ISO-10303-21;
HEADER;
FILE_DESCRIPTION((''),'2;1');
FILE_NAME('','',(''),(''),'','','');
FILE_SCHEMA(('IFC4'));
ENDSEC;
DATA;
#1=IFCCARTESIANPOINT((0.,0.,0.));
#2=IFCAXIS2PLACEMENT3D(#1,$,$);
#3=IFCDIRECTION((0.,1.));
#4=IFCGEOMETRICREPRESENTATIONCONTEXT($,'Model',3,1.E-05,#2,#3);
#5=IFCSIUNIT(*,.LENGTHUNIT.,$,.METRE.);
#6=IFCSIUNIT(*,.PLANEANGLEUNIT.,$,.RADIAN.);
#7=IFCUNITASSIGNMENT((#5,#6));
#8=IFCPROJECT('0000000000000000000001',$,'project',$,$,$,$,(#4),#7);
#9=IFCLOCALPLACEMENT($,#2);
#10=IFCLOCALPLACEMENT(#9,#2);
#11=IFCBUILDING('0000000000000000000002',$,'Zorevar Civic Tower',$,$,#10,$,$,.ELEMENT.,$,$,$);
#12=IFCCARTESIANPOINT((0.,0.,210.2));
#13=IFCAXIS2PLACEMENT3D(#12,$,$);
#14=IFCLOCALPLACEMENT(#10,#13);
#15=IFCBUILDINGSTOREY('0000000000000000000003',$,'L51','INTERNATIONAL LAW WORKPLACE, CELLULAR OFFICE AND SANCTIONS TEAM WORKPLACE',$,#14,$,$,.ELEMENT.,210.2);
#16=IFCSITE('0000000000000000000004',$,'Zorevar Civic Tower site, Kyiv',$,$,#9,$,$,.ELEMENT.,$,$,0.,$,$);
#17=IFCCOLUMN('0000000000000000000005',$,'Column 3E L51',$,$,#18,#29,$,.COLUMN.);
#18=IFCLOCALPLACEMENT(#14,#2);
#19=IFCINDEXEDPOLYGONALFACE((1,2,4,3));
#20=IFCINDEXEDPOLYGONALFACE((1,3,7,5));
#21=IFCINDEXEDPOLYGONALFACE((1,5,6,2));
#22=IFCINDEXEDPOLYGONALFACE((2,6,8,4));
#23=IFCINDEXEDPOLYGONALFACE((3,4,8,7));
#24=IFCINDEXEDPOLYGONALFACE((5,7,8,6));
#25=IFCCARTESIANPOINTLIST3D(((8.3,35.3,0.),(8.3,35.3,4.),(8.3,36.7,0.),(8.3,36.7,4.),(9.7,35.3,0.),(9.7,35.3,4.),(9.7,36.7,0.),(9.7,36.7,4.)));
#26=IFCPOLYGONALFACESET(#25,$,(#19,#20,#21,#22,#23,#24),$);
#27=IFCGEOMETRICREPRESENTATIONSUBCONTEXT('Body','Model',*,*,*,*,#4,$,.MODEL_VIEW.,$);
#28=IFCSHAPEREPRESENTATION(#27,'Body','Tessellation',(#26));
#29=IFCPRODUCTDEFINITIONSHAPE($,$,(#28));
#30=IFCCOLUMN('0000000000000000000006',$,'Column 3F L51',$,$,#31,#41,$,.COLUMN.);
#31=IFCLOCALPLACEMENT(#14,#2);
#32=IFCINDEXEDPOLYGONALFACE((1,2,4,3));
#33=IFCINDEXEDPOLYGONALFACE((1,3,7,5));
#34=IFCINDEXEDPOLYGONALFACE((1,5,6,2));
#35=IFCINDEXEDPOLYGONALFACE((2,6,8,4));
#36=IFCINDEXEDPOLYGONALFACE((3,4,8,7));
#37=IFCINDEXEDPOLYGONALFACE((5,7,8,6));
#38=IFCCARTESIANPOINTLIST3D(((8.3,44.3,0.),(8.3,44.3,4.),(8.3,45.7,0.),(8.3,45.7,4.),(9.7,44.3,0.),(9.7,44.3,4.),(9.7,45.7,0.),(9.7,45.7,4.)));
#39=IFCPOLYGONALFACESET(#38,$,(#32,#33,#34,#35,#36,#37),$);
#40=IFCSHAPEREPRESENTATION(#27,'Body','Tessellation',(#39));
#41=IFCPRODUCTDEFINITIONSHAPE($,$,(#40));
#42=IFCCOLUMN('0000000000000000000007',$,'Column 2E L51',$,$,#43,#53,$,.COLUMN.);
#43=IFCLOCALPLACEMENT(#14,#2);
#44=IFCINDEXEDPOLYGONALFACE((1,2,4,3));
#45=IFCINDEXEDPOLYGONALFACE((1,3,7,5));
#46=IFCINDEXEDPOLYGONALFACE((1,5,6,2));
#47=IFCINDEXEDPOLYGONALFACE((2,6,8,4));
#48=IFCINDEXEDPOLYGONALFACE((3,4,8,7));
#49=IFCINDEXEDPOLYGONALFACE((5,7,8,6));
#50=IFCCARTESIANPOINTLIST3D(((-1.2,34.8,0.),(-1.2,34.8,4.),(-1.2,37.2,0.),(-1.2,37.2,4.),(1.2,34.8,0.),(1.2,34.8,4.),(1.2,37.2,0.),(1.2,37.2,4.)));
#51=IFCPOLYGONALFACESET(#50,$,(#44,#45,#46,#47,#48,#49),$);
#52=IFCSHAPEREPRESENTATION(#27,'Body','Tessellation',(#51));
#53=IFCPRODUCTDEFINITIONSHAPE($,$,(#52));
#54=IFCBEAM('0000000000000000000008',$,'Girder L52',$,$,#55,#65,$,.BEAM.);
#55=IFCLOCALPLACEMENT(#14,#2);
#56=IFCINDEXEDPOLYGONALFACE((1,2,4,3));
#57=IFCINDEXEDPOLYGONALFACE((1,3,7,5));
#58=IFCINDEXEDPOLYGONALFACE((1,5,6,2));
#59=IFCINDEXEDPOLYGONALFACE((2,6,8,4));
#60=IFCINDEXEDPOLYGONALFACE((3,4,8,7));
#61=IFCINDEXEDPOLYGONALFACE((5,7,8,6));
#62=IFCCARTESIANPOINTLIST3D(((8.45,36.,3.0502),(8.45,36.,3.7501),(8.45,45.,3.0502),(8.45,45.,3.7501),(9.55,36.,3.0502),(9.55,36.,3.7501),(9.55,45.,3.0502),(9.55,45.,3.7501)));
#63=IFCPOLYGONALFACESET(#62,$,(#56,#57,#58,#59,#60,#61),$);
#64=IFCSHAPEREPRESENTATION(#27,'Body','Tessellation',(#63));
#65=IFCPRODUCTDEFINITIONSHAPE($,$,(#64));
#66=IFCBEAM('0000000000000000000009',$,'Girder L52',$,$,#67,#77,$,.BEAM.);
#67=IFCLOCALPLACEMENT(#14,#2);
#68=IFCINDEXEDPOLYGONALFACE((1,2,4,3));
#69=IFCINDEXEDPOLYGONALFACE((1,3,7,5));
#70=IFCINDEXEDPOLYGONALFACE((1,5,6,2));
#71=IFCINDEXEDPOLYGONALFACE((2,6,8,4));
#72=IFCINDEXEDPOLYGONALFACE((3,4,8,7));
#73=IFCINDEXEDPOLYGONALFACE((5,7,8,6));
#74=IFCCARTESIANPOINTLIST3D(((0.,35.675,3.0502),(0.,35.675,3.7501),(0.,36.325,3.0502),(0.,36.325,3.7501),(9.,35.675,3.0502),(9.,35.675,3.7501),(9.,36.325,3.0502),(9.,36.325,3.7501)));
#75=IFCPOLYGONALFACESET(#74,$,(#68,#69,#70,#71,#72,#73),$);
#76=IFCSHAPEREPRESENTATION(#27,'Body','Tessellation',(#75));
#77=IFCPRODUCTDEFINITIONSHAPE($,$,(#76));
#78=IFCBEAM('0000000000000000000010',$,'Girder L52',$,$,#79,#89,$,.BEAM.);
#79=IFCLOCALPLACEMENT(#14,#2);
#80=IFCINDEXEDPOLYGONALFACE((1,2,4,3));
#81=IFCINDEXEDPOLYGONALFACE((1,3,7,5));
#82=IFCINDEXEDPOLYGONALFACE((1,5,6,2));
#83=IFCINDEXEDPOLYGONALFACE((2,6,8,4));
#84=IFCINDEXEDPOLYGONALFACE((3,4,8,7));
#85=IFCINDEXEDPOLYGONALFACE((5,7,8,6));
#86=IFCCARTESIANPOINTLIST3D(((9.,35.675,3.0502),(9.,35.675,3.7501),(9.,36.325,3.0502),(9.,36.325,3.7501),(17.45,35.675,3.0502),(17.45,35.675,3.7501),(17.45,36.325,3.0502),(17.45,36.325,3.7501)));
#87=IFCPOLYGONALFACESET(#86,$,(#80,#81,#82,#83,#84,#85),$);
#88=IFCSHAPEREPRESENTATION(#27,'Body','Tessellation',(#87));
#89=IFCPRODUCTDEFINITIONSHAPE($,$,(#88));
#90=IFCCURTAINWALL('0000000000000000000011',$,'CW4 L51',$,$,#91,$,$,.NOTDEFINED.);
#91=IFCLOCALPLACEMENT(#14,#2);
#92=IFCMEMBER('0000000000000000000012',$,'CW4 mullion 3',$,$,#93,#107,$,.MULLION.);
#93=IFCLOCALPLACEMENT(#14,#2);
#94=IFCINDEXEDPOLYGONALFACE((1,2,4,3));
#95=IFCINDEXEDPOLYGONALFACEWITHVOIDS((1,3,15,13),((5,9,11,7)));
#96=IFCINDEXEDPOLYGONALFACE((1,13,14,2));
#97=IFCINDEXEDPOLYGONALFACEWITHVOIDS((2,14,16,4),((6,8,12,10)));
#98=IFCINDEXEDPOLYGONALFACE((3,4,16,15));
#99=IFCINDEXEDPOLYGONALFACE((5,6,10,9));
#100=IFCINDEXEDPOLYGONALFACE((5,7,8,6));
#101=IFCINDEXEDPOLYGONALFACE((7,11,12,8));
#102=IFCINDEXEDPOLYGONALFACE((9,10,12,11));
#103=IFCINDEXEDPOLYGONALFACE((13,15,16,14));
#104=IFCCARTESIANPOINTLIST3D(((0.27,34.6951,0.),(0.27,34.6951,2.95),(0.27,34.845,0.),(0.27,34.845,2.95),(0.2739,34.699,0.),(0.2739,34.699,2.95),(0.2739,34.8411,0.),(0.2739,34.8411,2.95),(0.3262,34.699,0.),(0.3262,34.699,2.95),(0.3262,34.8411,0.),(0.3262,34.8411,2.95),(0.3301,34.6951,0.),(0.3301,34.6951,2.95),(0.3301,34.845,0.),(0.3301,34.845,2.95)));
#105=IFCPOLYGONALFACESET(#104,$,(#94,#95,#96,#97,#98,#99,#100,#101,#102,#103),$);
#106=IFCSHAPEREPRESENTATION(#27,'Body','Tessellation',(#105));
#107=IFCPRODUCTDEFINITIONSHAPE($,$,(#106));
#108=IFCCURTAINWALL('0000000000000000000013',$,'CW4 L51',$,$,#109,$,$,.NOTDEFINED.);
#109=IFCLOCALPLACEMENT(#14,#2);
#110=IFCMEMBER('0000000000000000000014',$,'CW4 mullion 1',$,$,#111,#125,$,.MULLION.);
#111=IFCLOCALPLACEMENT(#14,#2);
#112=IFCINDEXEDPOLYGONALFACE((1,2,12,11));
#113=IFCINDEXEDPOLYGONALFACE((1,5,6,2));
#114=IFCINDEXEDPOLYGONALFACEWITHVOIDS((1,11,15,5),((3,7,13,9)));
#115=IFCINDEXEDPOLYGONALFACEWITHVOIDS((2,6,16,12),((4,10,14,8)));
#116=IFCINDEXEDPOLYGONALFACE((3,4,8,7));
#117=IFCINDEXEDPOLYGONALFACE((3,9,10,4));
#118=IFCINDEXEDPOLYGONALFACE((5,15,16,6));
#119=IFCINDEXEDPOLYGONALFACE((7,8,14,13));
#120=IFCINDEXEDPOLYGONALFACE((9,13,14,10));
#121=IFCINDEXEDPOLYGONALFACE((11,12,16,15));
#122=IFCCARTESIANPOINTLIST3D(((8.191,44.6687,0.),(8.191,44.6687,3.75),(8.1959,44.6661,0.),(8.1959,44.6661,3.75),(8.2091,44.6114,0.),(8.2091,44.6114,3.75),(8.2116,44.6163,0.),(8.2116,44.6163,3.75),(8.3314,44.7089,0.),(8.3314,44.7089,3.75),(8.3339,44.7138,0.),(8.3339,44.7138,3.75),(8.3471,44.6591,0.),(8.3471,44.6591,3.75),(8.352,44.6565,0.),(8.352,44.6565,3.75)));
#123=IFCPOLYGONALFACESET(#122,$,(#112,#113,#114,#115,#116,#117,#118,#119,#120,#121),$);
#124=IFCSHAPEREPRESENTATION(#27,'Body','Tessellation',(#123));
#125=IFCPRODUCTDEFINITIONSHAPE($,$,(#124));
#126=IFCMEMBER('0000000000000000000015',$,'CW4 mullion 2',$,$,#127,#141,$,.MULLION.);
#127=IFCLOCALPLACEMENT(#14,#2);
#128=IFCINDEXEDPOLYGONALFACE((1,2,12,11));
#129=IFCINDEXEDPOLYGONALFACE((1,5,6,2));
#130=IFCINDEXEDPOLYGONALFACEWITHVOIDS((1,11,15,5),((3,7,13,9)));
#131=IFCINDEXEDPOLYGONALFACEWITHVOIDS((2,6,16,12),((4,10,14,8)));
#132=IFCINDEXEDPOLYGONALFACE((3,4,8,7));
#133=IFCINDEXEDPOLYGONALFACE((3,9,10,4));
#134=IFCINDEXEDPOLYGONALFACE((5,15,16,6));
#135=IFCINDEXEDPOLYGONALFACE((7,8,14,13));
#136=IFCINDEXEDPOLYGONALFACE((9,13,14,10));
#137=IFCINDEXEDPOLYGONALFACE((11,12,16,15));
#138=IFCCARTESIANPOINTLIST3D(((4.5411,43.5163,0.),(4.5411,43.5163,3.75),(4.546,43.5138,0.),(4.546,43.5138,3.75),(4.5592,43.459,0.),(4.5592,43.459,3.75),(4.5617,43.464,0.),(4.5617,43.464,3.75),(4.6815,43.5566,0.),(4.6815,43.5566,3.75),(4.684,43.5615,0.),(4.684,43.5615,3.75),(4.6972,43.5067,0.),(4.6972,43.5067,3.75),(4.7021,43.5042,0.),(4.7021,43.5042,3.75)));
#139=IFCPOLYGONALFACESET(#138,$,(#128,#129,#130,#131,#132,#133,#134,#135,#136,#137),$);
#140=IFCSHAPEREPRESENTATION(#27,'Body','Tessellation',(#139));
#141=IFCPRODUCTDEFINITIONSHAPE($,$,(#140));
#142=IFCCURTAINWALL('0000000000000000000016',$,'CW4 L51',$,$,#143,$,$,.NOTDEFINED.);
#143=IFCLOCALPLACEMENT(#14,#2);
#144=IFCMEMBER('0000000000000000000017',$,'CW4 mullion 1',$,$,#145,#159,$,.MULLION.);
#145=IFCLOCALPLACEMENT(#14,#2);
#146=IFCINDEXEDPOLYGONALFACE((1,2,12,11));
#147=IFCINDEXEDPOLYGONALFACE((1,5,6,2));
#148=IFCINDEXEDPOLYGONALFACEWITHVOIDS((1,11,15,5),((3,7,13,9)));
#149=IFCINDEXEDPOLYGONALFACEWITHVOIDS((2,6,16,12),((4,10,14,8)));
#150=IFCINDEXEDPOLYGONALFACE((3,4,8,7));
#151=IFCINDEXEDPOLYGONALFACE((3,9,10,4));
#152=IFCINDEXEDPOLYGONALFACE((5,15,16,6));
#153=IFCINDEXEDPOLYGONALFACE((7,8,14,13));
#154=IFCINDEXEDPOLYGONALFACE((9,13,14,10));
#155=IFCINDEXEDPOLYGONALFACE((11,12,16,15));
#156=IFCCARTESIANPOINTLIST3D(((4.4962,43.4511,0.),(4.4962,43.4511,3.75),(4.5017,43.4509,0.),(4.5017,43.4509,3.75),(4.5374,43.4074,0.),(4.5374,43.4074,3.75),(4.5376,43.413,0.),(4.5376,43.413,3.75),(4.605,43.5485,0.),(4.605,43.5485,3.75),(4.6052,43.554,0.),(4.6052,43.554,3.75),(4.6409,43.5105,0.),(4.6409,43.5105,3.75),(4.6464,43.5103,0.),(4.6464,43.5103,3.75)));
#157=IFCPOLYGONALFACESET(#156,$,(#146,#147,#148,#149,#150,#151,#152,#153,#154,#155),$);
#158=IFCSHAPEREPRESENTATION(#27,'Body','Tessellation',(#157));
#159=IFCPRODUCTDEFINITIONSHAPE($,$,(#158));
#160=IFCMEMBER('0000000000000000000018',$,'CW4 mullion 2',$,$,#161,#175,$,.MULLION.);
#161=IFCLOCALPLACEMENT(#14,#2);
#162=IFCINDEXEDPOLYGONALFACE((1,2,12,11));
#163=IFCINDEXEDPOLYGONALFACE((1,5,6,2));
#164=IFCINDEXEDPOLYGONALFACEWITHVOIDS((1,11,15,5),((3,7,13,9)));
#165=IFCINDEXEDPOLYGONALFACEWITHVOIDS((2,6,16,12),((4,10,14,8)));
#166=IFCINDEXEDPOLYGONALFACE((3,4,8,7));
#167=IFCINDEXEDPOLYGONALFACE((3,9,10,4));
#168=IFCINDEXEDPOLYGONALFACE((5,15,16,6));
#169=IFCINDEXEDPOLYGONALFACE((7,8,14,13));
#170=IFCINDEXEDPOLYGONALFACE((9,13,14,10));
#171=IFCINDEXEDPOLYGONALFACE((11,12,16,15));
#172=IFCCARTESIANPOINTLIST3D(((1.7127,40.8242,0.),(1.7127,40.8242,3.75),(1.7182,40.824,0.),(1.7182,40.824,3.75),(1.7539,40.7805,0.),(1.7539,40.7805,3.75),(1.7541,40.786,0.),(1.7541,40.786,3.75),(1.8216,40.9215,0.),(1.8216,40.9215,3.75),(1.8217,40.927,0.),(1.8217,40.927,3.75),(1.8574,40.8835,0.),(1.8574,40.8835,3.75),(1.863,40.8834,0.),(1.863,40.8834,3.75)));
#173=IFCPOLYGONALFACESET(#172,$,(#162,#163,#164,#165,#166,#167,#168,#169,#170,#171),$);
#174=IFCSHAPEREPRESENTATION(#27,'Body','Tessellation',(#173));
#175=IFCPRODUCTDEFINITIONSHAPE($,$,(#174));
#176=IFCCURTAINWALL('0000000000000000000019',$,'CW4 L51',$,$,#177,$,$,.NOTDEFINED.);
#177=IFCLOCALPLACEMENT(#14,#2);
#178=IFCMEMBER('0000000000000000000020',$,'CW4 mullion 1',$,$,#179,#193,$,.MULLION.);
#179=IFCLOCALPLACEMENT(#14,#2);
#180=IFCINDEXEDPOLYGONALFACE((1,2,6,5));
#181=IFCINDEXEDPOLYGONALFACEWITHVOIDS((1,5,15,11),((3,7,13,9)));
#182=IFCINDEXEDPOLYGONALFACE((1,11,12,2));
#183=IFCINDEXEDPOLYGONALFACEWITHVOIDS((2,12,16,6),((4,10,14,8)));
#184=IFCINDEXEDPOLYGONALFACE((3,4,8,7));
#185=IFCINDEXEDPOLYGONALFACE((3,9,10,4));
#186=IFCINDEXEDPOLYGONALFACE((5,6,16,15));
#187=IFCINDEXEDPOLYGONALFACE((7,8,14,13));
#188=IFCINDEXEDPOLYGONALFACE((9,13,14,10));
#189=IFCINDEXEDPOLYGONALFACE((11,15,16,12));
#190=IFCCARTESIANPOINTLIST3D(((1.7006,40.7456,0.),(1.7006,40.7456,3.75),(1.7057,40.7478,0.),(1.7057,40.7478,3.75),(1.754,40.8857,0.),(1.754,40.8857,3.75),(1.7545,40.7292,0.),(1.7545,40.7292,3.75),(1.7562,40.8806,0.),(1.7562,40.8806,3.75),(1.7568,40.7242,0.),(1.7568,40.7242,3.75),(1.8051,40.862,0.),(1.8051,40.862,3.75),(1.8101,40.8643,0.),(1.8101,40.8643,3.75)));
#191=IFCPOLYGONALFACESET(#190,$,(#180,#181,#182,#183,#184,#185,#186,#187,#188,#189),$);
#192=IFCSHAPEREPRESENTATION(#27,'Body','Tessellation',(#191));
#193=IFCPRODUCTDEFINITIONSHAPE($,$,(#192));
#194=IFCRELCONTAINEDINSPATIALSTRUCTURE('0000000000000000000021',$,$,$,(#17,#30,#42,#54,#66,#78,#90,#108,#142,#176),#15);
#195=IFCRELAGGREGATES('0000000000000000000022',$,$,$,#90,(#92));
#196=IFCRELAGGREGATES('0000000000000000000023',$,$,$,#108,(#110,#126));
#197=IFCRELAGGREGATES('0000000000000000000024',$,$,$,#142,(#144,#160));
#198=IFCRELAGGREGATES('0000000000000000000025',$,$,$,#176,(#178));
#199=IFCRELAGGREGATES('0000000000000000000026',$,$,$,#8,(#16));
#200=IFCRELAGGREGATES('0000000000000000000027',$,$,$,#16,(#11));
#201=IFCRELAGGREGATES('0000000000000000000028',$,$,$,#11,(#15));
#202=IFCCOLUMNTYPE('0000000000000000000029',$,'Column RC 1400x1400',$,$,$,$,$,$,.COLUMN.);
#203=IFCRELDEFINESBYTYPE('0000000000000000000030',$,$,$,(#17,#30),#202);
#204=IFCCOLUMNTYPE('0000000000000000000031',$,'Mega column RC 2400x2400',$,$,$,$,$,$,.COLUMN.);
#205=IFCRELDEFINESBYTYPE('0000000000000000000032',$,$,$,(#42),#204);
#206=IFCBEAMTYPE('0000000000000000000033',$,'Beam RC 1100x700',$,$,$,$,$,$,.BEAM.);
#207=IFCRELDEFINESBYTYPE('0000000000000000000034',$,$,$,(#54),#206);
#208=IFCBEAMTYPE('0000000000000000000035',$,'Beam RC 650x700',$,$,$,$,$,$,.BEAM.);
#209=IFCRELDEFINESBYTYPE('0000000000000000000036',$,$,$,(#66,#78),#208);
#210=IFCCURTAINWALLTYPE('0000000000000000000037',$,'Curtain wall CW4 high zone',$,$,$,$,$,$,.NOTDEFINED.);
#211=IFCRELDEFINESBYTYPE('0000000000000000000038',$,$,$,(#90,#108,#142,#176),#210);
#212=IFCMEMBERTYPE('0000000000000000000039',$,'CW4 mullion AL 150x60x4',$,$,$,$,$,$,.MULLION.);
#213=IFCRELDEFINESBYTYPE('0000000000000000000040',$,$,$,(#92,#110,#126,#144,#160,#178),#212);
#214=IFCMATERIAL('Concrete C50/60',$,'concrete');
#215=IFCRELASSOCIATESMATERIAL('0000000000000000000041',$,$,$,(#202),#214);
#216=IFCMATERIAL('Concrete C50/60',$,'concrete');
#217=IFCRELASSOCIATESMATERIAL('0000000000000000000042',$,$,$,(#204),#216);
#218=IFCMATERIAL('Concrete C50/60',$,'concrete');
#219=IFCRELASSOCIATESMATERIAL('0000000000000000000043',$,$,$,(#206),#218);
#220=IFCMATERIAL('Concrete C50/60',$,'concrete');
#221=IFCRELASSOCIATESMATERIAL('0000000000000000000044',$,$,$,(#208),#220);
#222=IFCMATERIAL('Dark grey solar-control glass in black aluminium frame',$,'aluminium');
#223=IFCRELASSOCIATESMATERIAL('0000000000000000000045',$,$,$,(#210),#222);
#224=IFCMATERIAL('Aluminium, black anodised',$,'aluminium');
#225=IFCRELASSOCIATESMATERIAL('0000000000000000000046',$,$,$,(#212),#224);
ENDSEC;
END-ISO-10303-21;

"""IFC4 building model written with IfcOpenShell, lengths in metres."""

from ifc_helpers import new_model, si_unit, direction, frame, origin, origin_2d, place, context, subcontext, project, spatial, rectangle, hollow_rectangle, extrude, material, material_profile, profile_set, type_object, element, aggregate, save


model = new_model("IFC4")

# Units and contexts
model_context = context("Model", 3, precision=1e-05, world=origin(), true_north=direction((0.0, 1.0)))
body_context = subcontext(model_context, "Body", "Model", "MODEL_VIEW")
ifc_project = project(units=[si_unit("LENGTHUNIT", "METRE"), si_unit("PLANEANGLEUNIT", "RADIAN")], contexts=[model_context])

# Site, building, storey
site_placement = place(None, origin())
site = spatial("IfcSite", under=ifc_project, at=site_placement, Name="Zorevar Civic Tower site, Kyiv", CompositionType="ELEMENT", RefElevation=0.0)
building_placement = place(site_placement, origin())
building = spatial("IfcBuilding", under=site, at=building_placement, Name="Zorevar Civic Tower", CompositionType="ELEMENT")
storey_placement = place(building_placement, frame((0.0, 0.0, 210.2)))
storey = spatial("IfcBuildingStorey", under=building, at=storey_placement, Name="L51", Description="INTERNATIONAL LAW WORKPLACE, CELLULAR OFFICE AND SANCTIONS TEAM WORKPLACE", CompositionType="ELEMENT", Elevation=210.2)

# Columns
ifc_material_1 = material(Name="Concrete C50/60", Category="concrete")
ifc_material_profile_1 = material_profile(ifc_material_1, rectangle(XDim=1.3999, YDim=1.3999, at=origin_2d()), Name="RC 1400x1400")
ifc_profile_set_1 = profile_set([ifc_material_profile_1], Name="Concrete C50/60")
column_type_1 = type_object("IfcColumnType", Name="Column RC 1400x1400", PredefinedType="COLUMN", material=ifc_profile_set_1)
for number, where, z_axis, x_axis, name in (
    (1, (9.0, 36.0, 0.0), (0.0, 0.0, 1.0), (1.0, 0.0, 0.0), "Column 3E L51"),
    (2, (9.0, 45.0, 0.0), (0.0, 0.0, 1.0), (1.0, 0.0, 0.0), "Column 3F L51"),
):
    element("IfcColumn", number, at=place(storey_placement, frame(where, z_axis=z_axis, x_axis=x_axis)), inside=storey, type_object=column_type_1, Name=name, PredefinedType="COLUMN", context=body_context, shape_type="SweptSolid", body=[
        extrude(rectangle(XDim=1.3999, YDim=1.3999, at=origin_2d()), origin(), (0.0, 0.0, 1.0), 4.0),
    ])
ifc_material_2 = material(Name="Concrete C50/60", Category="concrete")
ifc_material_profile_2 = material_profile(ifc_material_2, rectangle(XDim=2.3999, YDim=2.3999, at=origin_2d()), Name="RC 2400x2400")
ifc_profile_set_2 = profile_set([ifc_material_profile_2], Name="Concrete C50/60")
column_type_2 = type_object("IfcColumnType", Name="Mega column RC 2400x2400", PredefinedType="COLUMN", material=ifc_profile_set_2)
column_placement = place(storey_placement, frame((0.0, 36.0, 0.0), z_axis=(0.0, 0.0, 1.0), x_axis=(1.0, 0.0, 0.0)))
element("IfcColumn", 3, at=column_placement, inside=storey, type_object=column_type_2, Name="Column 2E L51", PredefinedType="COLUMN", context=body_context, shape_type="SweptSolid", body=[
    extrude(rectangle(XDim=2.3999, YDim=2.3999, at=origin_2d()), origin(), (0.0, 0.0, 1.0), 4.0),
])

# Beams
ifc_material_3 = material(Name="Concrete C50/60", Category="concrete")
ifc_material_profile_3 = material_profile(ifc_material_3, rectangle(XDim=1.1001, YDim=0.7, at=origin_2d()), Name="RC 1100x700")
ifc_profile_set_3 = profile_set([ifc_material_profile_3], Name="Concrete C50/60")
beam_type_1 = type_object("IfcBeamType", Name="Beam RC 1100x700", PredefinedType="BEAM", material=ifc_profile_set_3)
beam_1_placement = place(storey_placement, frame((9.0, 36.0, 3.4001), z_axis=(0.0, 1.0, 0.0), x_axis=(-1.0, 0.0, 0.0)))
element("IfcBeam", 4, at=beam_1_placement, inside=storey, type_object=beam_type_1, Name="Girder L52", PredefinedType="BEAM", context=body_context, shape_type="SweptSolid", body=[
    extrude(rectangle(XDim=1.1001, YDim=0.7, at=origin_2d()), origin(), (0.0, 0.0, 1.0), 9.0),
])
ifc_material_4 = material(Name="Concrete C50/60", Category="concrete")
ifc_material_profile_4 = material_profile(ifc_material_4, rectangle(XDim=0.6499, YDim=0.7, at=origin_2d()), Name="RC 650x700")
ifc_profile_set_4 = profile_set([ifc_material_profile_4], Name="Concrete C50/60")
beam_type_2 = type_object("IfcBeamType", Name="Beam RC 650x700", PredefinedType="BEAM", material=ifc_profile_set_4)
beam_2_placement = place(storey_placement, frame((0.0, 36.0, 3.4001), z_axis=(1.0, 0.0, 0.0), x_axis=(0.0, 1.0, 0.0)))
element("IfcBeam", 5, at=beam_2_placement, inside=storey, type_object=beam_type_2, Name="Girder L52", PredefinedType="BEAM", context=body_context, shape_type="SweptSolid", body=[
    extrude(rectangle(XDim=0.6499, YDim=0.7, at=origin_2d()), origin(), (0.0, 0.0, 1.0), 9.0),
])
beam_3_placement = place(storey_placement, frame((9.0, 36.0, 3.4001), z_axis=(1.0, 0.0, 0.0), x_axis=(0.0, 1.0, 0.0)))
element("IfcBeam", 6, at=beam_3_placement, inside=storey, type_object=beam_type_2, Name="Girder L52", PredefinedType="BEAM", context=body_context, shape_type="SweptSolid", body=[
    extrude(rectangle(XDim=0.6499, YDim=0.7, at=origin_2d()), origin(), (0.0, 0.0, 1.0), 8.45),
])

# Curtain wall, member
ifc_material_5 = material(Name="Dark grey solar-control glass in black aluminium frame", Category="aluminium")
curtain_wall_type = type_object("IfcCurtainWallType", Name="Curtain wall CW4 high zone", PredefinedType="NOTDEFINED", material=ifc_material_5)
curtain_wall_1_placement = place(storey_placement, origin())
curtain_wall_1 = element("IfcCurtainWall", 7, at=curtain_wall_1_placement, inside=storey, type_object=curtain_wall_type, Name="CW4 L51", PredefinedType="NOTDEFINED")
ifc_material_6 = material(Name="Aluminium, black anodised", Category="aluminium")
ifc_material_profile_5 = material_profile(ifc_material_6, hollow_rectangle(XDim=0.0601, YDim=0.1499, WallThickness=0.0039, at=origin_2d()), Name="AL 150x60x4")
ifc_profile_set_5 = profile_set([ifc_material_profile_5], Name="Aluminium, black anodised")
member_type_1 = type_object("IfcMemberType", Name="CW4 mullion AL 150x60x4", PredefinedType="MULLION", material=ifc_profile_set_5)
member_1_placement = place(storey_placement, frame((0.3, 34.77, 0.0), z_axis=(0.0, 0.0, 1.0), x_axis=(-1.0, 0.0, 0.0)))
member_1 = element("IfcMember", 8, at=member_1_placement, type_object=member_type_1, Name="CW4 mullion 3", PredefinedType="MULLION", context=body_context, shape_type="SweptSolid", body=[
    extrude(hollow_rectangle(XDim=0.0601, YDim=0.1499, WallThickness=0.0039, at=origin_2d()), origin(), (0.0, 0.0, 1.0), 2.95),
])

# Curtain walls, members
curtain_wall_2_placement = place(storey_placement, origin())
curtain_wall_2 = element("IfcCurtainWall", 9, at=curtain_wall_2_placement, inside=storey, type_object=curtain_wall_type, Name="CW4 L51", PredefinedType="NOTDEFINED")
member_2_placement = place(storey_placement, frame((8.2715, 44.6626, 0.0), z_axis=(0.0, 0.0, 1.0), x_axis=(0.301108, -0.95359, 0.0)))
member_2 = element("IfcMember", 10, at=member_2_placement, type_object=member_type_1, Name="CW4 mullion 1", PredefinedType="MULLION", context=body_context, shape_type="SweptSolid", body=[
    extrude(hollow_rectangle(XDim=0.0601, YDim=0.1499, WallThickness=0.0039, at=origin_2d()), origin(), (0.0, 0.0, 1.0), 3.75),
])
member_3_placement = place(storey_placement, frame((4.6216, 43.5103, 0.0), z_axis=(0.0, 0.0, 1.0), x_axis=(0.301108, -0.95359, 0.0)))
member_3 = element("IfcMember", 11, at=member_3_placement, type_object=member_type_1, Name="CW4 mullion 2", PredefinedType="MULLION", context=body_context, shape_type="SweptSolid", body=[
    extrude(hollow_rectangle(XDim=0.0601, YDim=0.1499, WallThickness=0.0039, at=origin_2d()), origin(), (0.0, 0.0, 1.0), 3.75),
])
curtain_wall_3_placement = place(storey_placement, origin())
curtain_wall_3 = element("IfcCurtainWall", 12, at=curtain_wall_3_placement, inside=storey, type_object=curtain_wall_type, Name="CW4 L51", PredefinedType="NOTDEFINED")
member_4_placement = place(storey_placement, frame((4.5713, 43.4807, 0.0), z_axis=(0.0, 0.0, 1.0), x_axis=(0.686378, -0.727245, 0.0)))
member_4 = element("IfcMember", 13, at=member_4_placement, type_object=member_type_1, Name="CW4 mullion 1", PredefinedType="MULLION", context=body_context, shape_type="SweptSolid", body=[
    extrude(hollow_rectangle(XDim=0.0601, YDim=0.1499, WallThickness=0.0039, at=origin_2d()), origin(), (0.0, 0.0, 1.0), 3.75),
])
member_5_placement = place(storey_placement, frame((1.7878, 40.8538, 0.0), z_axis=(0.0, 0.0, 1.0), x_axis=(0.686378, -0.727245, 0.0)))
member_5 = element("IfcMember", 14, at=member_5_placement, type_object=member_type_1, Name="CW4 mullion 2", PredefinedType="MULLION", context=body_context, shape_type="SweptSolid", body=[
    extrude(hollow_rectangle(XDim=0.0601, YDim=0.1499, WallThickness=0.0039, at=origin_2d()), origin(), (0.0, 0.0, 1.0), 3.75),
])
curtain_wall_4_placement = place(storey_placement, origin())
curtain_wall_4 = element("IfcCurtainWall", 15, at=curtain_wall_4_placement, inside=storey, type_object=curtain_wall_type, Name="CW4 L51", PredefinedType="NOTDEFINED")
member_6_placement = place(storey_placement, frame((1.7554, 40.8049, 0.0), z_axis=(0.0, 0.0, 1.0), x_axis=(0.934588, -0.355731, 0.0)))
member_6 = element("IfcMember", 16, at=member_6_placement, type_object=member_type_1, Name="CW4 mullion 1", PredefinedType="MULLION", context=body_context, shape_type="SweptSolid", body=[
    extrude(hollow_rectangle(XDim=0.0601, YDim=0.1499, WallThickness=0.0039, at=origin_2d()), origin(), (0.0, 0.0, 1.0), 3.75),
])

aggregate(curtain_wall_1, [member_1])
aggregate(curtain_wall_2, [member_2, member_3])
aggregate(curtain_wall_3, [member_4, member_5])
aggregate(curtain_wall_4, [member_6])

save(model, "model.ifc")
